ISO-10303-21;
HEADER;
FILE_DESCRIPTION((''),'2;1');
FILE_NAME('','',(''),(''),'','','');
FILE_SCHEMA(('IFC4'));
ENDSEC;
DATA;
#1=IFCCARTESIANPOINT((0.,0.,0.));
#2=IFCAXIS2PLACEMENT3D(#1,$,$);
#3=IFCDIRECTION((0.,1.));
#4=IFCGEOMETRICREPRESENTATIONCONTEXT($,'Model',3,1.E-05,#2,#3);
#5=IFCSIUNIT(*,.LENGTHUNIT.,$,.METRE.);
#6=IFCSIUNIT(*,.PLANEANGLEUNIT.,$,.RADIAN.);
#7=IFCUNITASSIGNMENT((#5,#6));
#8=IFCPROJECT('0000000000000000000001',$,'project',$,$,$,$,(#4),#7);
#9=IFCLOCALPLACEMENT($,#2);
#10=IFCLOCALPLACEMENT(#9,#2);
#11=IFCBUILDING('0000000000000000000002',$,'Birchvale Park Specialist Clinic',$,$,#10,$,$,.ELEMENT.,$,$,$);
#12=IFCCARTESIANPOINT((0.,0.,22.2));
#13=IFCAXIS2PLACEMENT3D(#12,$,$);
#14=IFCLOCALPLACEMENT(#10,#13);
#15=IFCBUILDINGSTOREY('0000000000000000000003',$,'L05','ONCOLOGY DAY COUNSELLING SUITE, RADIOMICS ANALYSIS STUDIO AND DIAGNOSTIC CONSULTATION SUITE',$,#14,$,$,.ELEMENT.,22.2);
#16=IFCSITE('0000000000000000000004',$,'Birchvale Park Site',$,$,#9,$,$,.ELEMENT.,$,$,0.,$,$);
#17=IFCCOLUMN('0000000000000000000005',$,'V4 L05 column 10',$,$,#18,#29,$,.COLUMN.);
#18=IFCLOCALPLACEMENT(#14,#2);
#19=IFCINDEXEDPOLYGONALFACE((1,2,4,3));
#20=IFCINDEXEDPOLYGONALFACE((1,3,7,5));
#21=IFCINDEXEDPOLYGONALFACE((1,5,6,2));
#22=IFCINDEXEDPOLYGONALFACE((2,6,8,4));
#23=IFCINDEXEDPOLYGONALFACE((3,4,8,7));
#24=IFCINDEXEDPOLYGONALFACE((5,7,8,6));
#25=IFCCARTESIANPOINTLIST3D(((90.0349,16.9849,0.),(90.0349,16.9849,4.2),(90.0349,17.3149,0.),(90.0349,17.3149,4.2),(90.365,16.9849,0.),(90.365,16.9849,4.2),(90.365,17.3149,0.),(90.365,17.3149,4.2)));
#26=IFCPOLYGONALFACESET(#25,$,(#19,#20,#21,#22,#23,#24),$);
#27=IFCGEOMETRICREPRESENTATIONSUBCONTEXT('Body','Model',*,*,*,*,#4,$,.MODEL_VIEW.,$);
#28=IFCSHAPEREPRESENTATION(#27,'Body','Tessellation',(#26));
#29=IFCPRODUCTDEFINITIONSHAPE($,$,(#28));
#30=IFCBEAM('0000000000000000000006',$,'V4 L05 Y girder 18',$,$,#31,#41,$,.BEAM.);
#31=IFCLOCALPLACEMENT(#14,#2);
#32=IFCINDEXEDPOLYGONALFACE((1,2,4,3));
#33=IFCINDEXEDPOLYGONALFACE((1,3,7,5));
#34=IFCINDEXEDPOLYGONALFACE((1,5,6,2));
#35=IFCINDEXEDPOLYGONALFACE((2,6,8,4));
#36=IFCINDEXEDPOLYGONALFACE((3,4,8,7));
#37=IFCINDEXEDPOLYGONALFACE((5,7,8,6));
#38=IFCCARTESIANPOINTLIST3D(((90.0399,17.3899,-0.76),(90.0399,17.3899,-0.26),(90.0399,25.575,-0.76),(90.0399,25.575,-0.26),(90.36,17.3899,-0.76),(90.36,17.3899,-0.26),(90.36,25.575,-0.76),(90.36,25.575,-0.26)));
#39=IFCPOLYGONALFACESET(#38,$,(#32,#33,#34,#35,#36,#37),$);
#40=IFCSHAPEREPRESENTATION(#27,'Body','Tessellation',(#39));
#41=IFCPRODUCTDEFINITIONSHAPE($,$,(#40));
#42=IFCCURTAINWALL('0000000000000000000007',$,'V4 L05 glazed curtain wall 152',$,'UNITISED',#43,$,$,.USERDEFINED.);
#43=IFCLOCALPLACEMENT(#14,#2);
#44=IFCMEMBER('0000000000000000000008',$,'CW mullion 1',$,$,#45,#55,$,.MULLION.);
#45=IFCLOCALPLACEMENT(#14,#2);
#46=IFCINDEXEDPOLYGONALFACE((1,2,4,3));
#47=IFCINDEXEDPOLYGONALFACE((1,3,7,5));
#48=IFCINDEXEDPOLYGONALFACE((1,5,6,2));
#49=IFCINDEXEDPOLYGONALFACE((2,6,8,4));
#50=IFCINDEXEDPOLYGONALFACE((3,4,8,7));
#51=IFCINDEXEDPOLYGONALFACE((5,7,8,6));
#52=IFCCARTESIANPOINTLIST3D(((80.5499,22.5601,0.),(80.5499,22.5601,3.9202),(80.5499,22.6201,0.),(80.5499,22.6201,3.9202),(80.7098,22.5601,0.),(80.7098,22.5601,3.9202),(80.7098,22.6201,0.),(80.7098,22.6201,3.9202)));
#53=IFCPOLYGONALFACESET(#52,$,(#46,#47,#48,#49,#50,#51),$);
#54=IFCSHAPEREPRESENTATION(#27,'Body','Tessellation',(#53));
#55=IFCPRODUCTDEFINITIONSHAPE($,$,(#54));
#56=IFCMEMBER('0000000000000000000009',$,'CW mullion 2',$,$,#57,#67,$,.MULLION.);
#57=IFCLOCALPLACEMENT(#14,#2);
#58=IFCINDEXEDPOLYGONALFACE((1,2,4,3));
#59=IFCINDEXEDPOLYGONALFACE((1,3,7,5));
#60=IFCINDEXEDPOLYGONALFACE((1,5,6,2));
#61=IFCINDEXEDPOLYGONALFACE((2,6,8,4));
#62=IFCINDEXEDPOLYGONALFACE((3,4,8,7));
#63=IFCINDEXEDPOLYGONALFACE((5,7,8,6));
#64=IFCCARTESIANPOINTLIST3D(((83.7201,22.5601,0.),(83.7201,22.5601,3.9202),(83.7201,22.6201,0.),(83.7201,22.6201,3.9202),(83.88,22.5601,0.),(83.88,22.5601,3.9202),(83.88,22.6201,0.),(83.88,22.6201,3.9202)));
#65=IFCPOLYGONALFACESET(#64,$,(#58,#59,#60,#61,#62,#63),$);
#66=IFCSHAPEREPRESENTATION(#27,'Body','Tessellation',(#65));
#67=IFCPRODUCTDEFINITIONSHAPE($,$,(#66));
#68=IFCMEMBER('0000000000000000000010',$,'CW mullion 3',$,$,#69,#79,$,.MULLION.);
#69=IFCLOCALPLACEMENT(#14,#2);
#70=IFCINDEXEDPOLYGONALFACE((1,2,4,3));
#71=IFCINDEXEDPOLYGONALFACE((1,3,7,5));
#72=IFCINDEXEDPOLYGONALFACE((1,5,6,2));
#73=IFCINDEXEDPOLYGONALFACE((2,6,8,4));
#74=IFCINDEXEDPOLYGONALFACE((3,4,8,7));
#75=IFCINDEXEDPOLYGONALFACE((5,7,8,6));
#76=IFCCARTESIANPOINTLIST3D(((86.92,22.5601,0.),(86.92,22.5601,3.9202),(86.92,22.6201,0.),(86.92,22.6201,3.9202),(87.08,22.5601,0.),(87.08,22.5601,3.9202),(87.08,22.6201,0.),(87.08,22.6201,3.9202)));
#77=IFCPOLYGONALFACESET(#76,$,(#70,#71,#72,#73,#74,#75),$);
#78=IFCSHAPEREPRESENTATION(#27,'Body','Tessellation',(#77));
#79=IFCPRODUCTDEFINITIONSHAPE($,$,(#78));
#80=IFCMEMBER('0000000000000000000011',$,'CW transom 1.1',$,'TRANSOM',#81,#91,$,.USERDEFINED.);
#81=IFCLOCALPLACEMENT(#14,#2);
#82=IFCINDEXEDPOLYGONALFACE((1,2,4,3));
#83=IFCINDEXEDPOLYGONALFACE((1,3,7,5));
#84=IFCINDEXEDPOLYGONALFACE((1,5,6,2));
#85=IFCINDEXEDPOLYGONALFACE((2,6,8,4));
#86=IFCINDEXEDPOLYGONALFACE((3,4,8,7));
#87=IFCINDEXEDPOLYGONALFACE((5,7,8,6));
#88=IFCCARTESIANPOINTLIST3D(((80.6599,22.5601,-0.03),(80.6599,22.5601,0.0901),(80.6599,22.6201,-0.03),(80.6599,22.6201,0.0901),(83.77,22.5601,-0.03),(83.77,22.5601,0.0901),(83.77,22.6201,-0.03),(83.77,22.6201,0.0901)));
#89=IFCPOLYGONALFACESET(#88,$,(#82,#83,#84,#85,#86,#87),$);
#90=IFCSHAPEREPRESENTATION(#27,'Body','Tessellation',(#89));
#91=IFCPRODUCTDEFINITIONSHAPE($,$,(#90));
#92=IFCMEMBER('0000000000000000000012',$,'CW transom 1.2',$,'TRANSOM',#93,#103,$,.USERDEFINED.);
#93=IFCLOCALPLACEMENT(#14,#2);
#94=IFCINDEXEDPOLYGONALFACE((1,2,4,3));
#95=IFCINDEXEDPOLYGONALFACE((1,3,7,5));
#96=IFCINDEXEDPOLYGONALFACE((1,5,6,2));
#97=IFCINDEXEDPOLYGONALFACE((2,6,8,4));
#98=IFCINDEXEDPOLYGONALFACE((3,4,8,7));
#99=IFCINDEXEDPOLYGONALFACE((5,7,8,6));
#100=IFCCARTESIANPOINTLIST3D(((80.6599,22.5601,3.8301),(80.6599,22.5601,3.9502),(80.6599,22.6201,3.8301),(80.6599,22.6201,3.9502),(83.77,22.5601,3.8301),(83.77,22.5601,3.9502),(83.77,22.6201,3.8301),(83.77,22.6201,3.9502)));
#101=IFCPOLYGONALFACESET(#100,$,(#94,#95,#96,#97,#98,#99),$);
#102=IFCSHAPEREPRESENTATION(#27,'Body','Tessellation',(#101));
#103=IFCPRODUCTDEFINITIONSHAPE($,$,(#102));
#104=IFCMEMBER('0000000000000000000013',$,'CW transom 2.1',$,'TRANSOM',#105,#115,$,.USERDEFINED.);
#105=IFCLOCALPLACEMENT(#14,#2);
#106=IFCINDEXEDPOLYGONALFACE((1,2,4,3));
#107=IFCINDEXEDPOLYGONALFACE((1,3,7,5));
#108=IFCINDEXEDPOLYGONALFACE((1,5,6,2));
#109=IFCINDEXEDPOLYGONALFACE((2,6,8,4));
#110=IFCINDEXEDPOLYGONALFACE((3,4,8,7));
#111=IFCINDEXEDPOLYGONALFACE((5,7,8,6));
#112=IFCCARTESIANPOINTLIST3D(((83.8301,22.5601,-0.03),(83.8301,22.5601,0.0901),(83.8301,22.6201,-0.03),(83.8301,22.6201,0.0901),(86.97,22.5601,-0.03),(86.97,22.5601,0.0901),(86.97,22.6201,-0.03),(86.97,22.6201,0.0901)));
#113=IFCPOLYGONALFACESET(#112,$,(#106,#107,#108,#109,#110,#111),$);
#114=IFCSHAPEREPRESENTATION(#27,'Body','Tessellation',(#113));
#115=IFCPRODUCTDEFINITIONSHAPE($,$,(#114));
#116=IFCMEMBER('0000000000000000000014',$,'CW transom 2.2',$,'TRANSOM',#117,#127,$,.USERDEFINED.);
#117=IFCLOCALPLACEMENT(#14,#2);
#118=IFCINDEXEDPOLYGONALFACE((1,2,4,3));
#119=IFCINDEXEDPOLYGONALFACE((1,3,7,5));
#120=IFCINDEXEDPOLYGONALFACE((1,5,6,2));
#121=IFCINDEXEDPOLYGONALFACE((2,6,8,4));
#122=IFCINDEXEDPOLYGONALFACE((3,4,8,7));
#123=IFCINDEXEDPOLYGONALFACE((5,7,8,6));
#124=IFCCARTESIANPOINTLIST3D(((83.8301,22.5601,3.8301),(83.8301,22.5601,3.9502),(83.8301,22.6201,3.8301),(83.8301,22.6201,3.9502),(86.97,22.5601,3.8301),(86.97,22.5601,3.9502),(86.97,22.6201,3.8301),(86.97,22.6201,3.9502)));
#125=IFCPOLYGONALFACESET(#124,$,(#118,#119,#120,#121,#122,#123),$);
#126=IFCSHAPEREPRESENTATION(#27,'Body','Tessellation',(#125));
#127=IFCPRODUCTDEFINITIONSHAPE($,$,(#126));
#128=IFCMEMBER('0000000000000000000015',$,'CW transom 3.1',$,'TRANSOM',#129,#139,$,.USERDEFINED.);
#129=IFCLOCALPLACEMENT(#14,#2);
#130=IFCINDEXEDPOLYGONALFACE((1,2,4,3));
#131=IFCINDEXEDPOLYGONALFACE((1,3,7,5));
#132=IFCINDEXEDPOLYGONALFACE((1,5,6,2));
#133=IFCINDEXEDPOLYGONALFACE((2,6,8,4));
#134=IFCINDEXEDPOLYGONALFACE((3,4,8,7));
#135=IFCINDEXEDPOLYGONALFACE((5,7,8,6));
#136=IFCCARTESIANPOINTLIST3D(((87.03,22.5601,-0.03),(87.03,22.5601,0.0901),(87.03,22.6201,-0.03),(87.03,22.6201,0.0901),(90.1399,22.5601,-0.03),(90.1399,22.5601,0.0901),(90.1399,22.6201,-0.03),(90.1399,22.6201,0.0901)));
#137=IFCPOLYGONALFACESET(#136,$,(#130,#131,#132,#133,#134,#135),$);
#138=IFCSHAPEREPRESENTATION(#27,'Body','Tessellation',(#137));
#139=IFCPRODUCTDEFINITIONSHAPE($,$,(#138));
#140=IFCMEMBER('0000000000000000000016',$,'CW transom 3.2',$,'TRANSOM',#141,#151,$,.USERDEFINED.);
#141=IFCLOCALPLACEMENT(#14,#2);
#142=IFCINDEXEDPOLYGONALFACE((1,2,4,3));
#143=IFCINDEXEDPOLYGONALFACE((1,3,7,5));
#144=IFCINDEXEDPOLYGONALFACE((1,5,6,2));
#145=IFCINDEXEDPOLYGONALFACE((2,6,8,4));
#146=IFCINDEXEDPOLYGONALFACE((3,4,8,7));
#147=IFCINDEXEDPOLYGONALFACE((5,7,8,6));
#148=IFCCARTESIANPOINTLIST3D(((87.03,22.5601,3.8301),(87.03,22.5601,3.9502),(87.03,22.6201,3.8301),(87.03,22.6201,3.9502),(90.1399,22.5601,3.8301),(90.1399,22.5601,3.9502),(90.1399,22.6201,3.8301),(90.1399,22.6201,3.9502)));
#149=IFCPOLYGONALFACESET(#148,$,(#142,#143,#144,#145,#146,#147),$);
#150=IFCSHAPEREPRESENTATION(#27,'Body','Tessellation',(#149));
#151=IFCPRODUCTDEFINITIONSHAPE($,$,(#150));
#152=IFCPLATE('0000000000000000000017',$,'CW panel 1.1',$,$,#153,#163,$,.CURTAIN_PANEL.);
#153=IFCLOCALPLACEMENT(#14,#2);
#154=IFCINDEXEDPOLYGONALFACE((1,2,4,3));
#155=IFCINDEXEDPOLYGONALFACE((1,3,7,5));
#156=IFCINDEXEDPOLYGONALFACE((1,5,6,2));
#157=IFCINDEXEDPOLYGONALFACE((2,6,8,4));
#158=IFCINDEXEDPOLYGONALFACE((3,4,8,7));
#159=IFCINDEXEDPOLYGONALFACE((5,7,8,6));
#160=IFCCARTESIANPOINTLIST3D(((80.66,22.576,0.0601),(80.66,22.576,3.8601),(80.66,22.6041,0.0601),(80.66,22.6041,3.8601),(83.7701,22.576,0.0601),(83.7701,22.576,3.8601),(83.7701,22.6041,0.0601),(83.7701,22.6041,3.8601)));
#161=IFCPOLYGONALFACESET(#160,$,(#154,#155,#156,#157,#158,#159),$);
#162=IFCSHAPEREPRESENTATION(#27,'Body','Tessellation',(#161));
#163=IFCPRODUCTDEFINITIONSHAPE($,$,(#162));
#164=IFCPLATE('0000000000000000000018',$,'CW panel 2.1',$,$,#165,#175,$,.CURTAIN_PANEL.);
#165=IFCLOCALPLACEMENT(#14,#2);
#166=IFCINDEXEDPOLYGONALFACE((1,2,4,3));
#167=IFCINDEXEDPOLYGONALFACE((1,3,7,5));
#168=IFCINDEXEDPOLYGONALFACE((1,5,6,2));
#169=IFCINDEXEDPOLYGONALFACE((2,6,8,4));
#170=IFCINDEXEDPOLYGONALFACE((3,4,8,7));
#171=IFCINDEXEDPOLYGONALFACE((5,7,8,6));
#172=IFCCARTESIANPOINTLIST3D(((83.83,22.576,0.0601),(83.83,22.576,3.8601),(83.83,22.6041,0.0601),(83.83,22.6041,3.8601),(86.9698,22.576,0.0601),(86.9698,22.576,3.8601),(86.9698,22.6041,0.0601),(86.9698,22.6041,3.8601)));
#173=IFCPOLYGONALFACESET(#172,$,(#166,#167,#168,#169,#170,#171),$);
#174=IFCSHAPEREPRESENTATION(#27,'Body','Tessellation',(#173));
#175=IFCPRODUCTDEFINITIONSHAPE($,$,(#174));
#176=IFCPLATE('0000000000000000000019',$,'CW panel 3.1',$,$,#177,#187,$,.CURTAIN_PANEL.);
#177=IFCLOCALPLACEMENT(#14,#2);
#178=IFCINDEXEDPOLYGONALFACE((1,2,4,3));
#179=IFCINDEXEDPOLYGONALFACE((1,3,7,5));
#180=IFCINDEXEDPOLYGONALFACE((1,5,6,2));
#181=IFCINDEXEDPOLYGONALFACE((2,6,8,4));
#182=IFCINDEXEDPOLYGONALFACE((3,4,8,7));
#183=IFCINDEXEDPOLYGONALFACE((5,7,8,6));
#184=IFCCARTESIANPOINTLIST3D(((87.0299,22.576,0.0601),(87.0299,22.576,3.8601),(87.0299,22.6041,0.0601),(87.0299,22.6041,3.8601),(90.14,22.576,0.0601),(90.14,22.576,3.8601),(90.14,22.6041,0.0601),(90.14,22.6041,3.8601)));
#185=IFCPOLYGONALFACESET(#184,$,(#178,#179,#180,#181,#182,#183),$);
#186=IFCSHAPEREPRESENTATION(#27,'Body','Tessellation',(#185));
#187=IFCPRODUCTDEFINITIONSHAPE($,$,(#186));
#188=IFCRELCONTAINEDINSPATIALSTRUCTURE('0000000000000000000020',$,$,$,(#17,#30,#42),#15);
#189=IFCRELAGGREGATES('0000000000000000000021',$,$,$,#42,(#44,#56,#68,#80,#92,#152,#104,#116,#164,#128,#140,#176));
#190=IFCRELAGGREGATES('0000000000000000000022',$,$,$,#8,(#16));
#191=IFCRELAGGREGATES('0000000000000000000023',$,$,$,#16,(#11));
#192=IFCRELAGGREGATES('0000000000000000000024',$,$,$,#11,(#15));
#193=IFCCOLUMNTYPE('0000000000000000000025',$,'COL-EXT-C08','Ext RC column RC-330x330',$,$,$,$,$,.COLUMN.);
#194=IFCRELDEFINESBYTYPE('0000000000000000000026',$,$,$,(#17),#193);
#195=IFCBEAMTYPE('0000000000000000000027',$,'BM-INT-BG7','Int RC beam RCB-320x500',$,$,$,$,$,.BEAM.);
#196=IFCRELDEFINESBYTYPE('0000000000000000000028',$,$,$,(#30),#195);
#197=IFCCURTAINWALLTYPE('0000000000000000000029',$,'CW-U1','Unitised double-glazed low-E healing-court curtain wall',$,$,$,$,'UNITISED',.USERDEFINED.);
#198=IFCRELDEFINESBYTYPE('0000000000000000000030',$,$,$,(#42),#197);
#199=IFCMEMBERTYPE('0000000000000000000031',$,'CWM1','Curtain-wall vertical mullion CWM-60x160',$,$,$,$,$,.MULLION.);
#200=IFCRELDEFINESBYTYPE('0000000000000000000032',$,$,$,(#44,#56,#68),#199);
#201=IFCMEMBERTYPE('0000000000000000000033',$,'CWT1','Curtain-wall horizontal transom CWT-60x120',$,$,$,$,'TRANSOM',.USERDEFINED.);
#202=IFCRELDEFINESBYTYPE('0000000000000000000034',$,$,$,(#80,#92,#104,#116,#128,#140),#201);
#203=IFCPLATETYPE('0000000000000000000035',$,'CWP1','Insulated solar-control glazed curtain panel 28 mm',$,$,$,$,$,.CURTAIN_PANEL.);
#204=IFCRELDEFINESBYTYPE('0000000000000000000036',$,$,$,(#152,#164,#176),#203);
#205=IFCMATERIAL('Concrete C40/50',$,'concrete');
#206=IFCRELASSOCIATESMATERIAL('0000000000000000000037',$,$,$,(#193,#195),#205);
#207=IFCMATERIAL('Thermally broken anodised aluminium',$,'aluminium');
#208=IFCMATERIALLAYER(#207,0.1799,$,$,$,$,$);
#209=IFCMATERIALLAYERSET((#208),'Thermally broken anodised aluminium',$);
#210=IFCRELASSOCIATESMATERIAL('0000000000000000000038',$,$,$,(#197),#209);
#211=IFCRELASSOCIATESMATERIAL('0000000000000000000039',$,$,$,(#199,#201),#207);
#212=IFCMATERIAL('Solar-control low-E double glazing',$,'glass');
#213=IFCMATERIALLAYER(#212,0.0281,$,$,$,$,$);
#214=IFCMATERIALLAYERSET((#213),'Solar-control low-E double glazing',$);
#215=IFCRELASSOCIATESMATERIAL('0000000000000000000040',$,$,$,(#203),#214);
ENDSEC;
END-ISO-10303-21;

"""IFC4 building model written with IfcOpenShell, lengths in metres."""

from ifc_helpers import new_model, si_unit, direction, frame, origin, origin_2d, place, context, subcontext, project, spatial, rectangle, extrude, material, layer, layer_set, material_profile, profile_set, type_object, element, aggregate, save


model = new_model("IFC4")

# Units and contexts
model_context = context("Model", 3, precision=1e-05, world=origin(), true_north=direction((0.0, 1.0)))
body_context = subcontext(model_context, "Body", "Model", "MODEL_VIEW")
ifc_project = project(units=[si_unit("LENGTHUNIT", "METRE"), si_unit("PLANEANGLEUNIT", "RADIAN")], contexts=[model_context])

# Site, building, storey
site_placement = place(None, origin())
site = spatial("IfcSite", under=ifc_project, at=site_placement, Name="Birchvale Park Site", CompositionType="ELEMENT", RefElevation=0.0)
building_placement = place(site_placement, origin())
building = spatial("IfcBuilding", under=site, at=building_placement, Name="Birchvale Park Specialist Clinic", CompositionType="ELEMENT")
storey_placement = place(building_placement, frame((0.0, 0.0, 22.2)))
storey = spatial("IfcBuildingStorey", under=building, at=storey_placement, Name="L05", Description="ONCOLOGY DAY COUNSELLING SUITE, RADIOMICS ANALYSIS STUDIO AND DIAGNOSTIC CONSULTATION SUITE", CompositionType="ELEMENT", Elevation=22.2)

# Column
ifc_material_1 = material(Name="Concrete C40/50", Category="concrete")
ifc_material_profile_1 = material_profile(ifc_material_1, rectangle(XDim=0.3301, YDim=0.3301, at=origin_2d()), Name="RC-330x330")
ifc_profile_set_1 = profile_set([ifc_material_profile_1], Name="Concrete C40/50")
column_type = type_object("IfcColumnType", Name="COL-EXT-C08", Description="Ext RC column RC-330x330", PredefinedType="COLUMN", material=ifc_profile_set_1)
column_placement = place(storey_placement, frame((90.2, 17.1499, 0.0), z_axis=(0.0, 0.0, 1.0), x_axis=(1.0, 0.0, 0.0)))
element("IfcColumn", 1, at=column_placement, inside=storey, type_object=column_type, Name="V4 L05 column 10", PredefinedType="COLUMN", context=body_context, shape_type="SweptSolid", body=[
    extrude(rectangle(XDim=0.3301, YDim=0.3301, at=origin_2d()), origin(), (0.0, 0.0, 1.0), 4.2),
])

# Beam
ifc_material_profile_2 = material_profile(ifc_material_1, rectangle(XDim=0.3201, YDim=0.5, at=origin_2d()), Name="RCB-320x500")
ifc_profile_set_2 = profile_set([ifc_material_profile_2], Name="Concrete C40/50")
beam_type = type_object("IfcBeamType", Name="BM-INT-BG7", Description="Int RC beam RCB-320x500", PredefinedType="BEAM", material=ifc_profile_set_2)
beam_placement = place(storey_placement, frame((90.2, 17.3899, -0.51), z_axis=(0.0, 1.0, 0.0), x_axis=(-1.0, 0.0, 0.0)))
element("IfcBeam", 2, at=beam_placement, inside=storey, type_object=beam_type, Name="V4 L05 Y girder 18", PredefinedType="BEAM", context=body_context, shape_type="SweptSolid", body=[
    extrude(rectangle(XDim=0.3201, YDim=0.5, at=origin_2d()), origin(), (0.0, 0.0, 1.0), 8.1851),
])

# Curtain wall, members, plates
ifc_material_2 = material(Name="Thermally broken anodised aluminium", Category="aluminium")
ifc_layer_1 = layer(ifc_material_2, 0.1799)
ifc_layer_set_1 = layer_set([ifc_layer_1], Name="Thermally broken anodised aluminium")
curtain_wall_type = type_object("IfcCurtainWallType", Name="CW-U1", Description="Unitised double-glazed low-E healing-court curtain wall", ElementType="UNITISED", PredefinedType="USERDEFINED", material=ifc_layer_set_1)
curtain_wall_placement = place(storey_placement, origin())
curtain_wall = element("IfcCurtainWall", 3, at=curtain_wall_placement, inside=storey, type_object=curtain_wall_type, Name="V4 L05 glazed curtain wall 152", ObjectType="UNITISED", PredefinedType="USERDEFINED")
ifc_material_profile_3 = material_profile(ifc_material_2, rectangle(XDim=0.0601, YDim=0.1599, at=origin_2d()), Name="CWM-60x160")
ifc_profile_set_3 = profile_set([ifc_material_profile_3], Name="Thermally broken anodised aluminium")
member_type_1 = type_object("IfcMemberType", Name="CWM1", Description="Curtain-wall vertical mullion CWM-60x160", PredefinedType="MULLION", material=ifc_profile_set_3)
member_1_placement = place(storey_placement, frame((80.6299, 22.5901, 0.0), z_axis=(0.0, 0.0, 1.0), x_axis=(0.0, 1.0, 0.0)))
member_1 = element("IfcMember", 4, at=member_1_placement, type_object=member_type_1, Name="CW mullion 1", PredefinedType="MULLION", context=body_context, shape_type="SweptSolid", body=[
    extrude(rectangle(XDim=0.0601, YDim=0.1599, at=origin_2d()), origin(), (0.0, 0.0, 1.0), 3.9202),
])
member_2_placement = place(storey_placement, frame((83.8, 22.5901, 0.0), z_axis=(0.0, 0.0, 1.0), x_axis=(0.0, 1.0, 0.0)))
member_2 = element("IfcMember", 5, at=member_2_placement, type_object=member_type_1, Name="CW mullion 2", PredefinedType="MULLION", context=body_context, shape_type="SweptSolid", body=[
    extrude(rectangle(XDim=0.0601, YDim=0.1599, at=origin_2d()), origin(), (0.0, 0.0, 1.0), 3.9202),
])
member_3_placement = place(storey_placement, frame((87.0, 22.5901, 0.0), z_axis=(0.0, 0.0, 1.0), x_axis=(0.0, 1.0, 0.0)))
member_3 = element("IfcMember", 6, at=member_3_placement, type_object=member_type_1, Name="CW mullion 3", PredefinedType="MULLION", context=body_context, shape_type="SweptSolid", body=[
    extrude(rectangle(XDim=0.0601, YDim=0.1599, at=origin_2d()), origin(), (0.0, 0.0, 1.0), 3.9202),
])
ifc_material_profile_4 = material_profile(ifc_material_2, rectangle(XDim=0.0601, YDim=0.1201, at=origin_2d()), Name="CWT-60x120")
ifc_profile_set_4 = profile_set([ifc_material_profile_4], Name="Thermally broken anodised aluminium")
member_type_2 = type_object("IfcMemberType", Name="CWT1", Description="Curtain-wall horizontal transom CWT-60x120", ElementType="TRANSOM", PredefinedType="USERDEFINED", material=ifc_profile_set_4)
member_4_placement = place(storey_placement, frame((80.6599, 22.5901, 0.03), z_axis=(1.0, 0.0, 0.0), x_axis=(0.0, 1.0, 0.0)))
member_4 = element("IfcMember", 7, at=member_4_placement, type_object=member_type_2, Name="CW transom 1.1", ObjectType="TRANSOM", PredefinedType="USERDEFINED", context=body_context, shape_type="SweptSolid", body=[
    extrude(rectangle(XDim=0.0601, YDim=0.1201, at=origin_2d()), origin(), (0.0, 0.0, 1.0), 3.1101),
])
member_5_placement = place(storey_placement, frame((80.6599, 22.5901, 3.8901), z_axis=(1.0, 0.0, 0.0), x_axis=(0.0, 1.0, 0.0)))
member_5 = element("IfcMember", 8, at=member_5_placement, type_object=member_type_2, Name="CW transom 1.2", ObjectType="TRANSOM", PredefinedType="USERDEFINED", context=body_context, shape_type="SweptSolid", body=[
    extrude(rectangle(XDim=0.0601, YDim=0.1201, at=origin_2d()), origin(), (0.0, 0.0, 1.0), 3.1101),
])
member_6_placement = place(storey_placement, frame((83.8301, 22.5901, 0.03), z_axis=(1.0, 0.0, 0.0), x_axis=(0.0, 1.0, 0.0)))
member_6 = element("IfcMember", 9, at=member_6_placement, type_object=member_type_2, Name="CW transom 2.1", ObjectType="TRANSOM", PredefinedType="USERDEFINED", context=body_context, shape_type="SweptSolid", body=[
    extrude(rectangle(XDim=0.0601, YDim=0.1201, at=origin_2d()), origin(), (0.0, 0.0, 1.0), 3.1399),
])
member_7_placement = place(storey_placement, frame((83.8301, 22.5901, 3.8901), z_axis=(1.0, 0.0, 0.0), x_axis=(0.0, 1.0, 0.0)))
member_7 = element("IfcMember", 10, at=member_7_placement, type_object=member_type_2, Name="CW transom 2.2", ObjectType="TRANSOM", PredefinedType="USERDEFINED", context=body_context, shape_type="SweptSolid", body=[
    extrude(rectangle(XDim=0.0601, YDim=0.1201, at=origin_2d()), origin(), (0.0, 0.0, 1.0), 3.1399),
])
member_8_placement = place(storey_placement, frame((87.03, 22.5901, 0.03), z_axis=(1.0, 0.0, 0.0), x_axis=(0.0, 1.0, 0.0)))
member_8 = element("IfcMember", 11, at=member_8_placement, type_object=member_type_2, Name="CW transom 3.1", ObjectType="TRANSOM", PredefinedType="USERDEFINED", context=body_context, shape_type="SweptSolid", body=[
    extrude(rectangle(XDim=0.0601, YDim=0.1201, at=origin_2d()), origin(), (0.0, 0.0, 1.0), 3.1099),
])
member_9_placement = place(storey_placement, frame((87.03, 22.5901, 3.8901), z_axis=(1.0, 0.0, 0.0), x_axis=(0.0, 1.0, 0.0)))
member_9 = element("IfcMember", 12, at=member_9_placement, type_object=member_type_2, Name="CW transom 3.2", ObjectType="TRANSOM", PredefinedType="USERDEFINED", context=body_context, shape_type="SweptSolid", body=[
    extrude(rectangle(XDim=0.0601, YDim=0.1201, at=origin_2d()), origin(), (0.0, 0.0, 1.0), 3.1099),
])
ifc_material_3 = material(Name="Solar-control low-E double glazing", Category="glass")
ifc_layer_2 = layer(ifc_material_3, 0.0281)
ifc_layer_set_2 = layer_set([ifc_layer_2], Name="Solar-control low-E double glazing")
plate_type = type_object("IfcPlateType", Name="CWP1", Description="Insulated solar-control glazed curtain panel 28 mm", PredefinedType="CURTAIN_PANEL", material=ifc_layer_set_2)
plate_1_placement = place(storey_placement, frame((82.2151, 22.5901, 0.0601), z_axis=(0.0, 0.0, 1.0), x_axis=(1.0, 0.0, 0.0)))
plate_1 = element("IfcPlate", 13, at=plate_1_placement, type_object=plate_type, Name="CW panel 1.1", PredefinedType="CURTAIN_PANEL", context=body_context, shape_type="SweptSolid", body=[
    extrude(rectangle(XDim=3.1101, YDim=0.0281, at=origin_2d()), origin(), (0.0, 0.0, 1.0), 3.8),
])
plate_2_placement = place(storey_placement, frame((85.3999, 22.5901, 0.0601), z_axis=(0.0, 0.0, 1.0), x_axis=(1.0, 0.0, 0.0)))
plate_2 = element("IfcPlate", 14, at=plate_2_placement, type_object=plate_type, Name="CW panel 2.1", PredefinedType="CURTAIN_PANEL", context=body_context, shape_type="SweptSolid", body=[
    extrude(rectangle(XDim=3.1399, YDim=0.0281, at=origin_2d()), origin(), (0.0, 0.0, 1.0), 3.8),
])
plate_3_placement = place(storey_placement, frame((88.585, 22.5901, 0.0601), z_axis=(0.0, 0.0, 1.0), x_axis=(1.0, 0.0, 0.0)))
plate_3 = element("IfcPlate", 15, at=plate_3_placement, type_object=plate_type, Name="CW panel 3.1", PredefinedType="CURTAIN_PANEL", context=body_context, shape_type="SweptSolid", body=[
    extrude(rectangle(XDim=3.1101, YDim=0.0281, at=origin_2d()), origin(), (0.0, 0.0, 1.0), 3.8),
])
aggregate(curtain_wall, [member_1, member_2, member_3, member_4, member_5, plate_1, member_6, member_7, plate_2, member_8, member_9, plate_3])

save(model, "model.ifc")
